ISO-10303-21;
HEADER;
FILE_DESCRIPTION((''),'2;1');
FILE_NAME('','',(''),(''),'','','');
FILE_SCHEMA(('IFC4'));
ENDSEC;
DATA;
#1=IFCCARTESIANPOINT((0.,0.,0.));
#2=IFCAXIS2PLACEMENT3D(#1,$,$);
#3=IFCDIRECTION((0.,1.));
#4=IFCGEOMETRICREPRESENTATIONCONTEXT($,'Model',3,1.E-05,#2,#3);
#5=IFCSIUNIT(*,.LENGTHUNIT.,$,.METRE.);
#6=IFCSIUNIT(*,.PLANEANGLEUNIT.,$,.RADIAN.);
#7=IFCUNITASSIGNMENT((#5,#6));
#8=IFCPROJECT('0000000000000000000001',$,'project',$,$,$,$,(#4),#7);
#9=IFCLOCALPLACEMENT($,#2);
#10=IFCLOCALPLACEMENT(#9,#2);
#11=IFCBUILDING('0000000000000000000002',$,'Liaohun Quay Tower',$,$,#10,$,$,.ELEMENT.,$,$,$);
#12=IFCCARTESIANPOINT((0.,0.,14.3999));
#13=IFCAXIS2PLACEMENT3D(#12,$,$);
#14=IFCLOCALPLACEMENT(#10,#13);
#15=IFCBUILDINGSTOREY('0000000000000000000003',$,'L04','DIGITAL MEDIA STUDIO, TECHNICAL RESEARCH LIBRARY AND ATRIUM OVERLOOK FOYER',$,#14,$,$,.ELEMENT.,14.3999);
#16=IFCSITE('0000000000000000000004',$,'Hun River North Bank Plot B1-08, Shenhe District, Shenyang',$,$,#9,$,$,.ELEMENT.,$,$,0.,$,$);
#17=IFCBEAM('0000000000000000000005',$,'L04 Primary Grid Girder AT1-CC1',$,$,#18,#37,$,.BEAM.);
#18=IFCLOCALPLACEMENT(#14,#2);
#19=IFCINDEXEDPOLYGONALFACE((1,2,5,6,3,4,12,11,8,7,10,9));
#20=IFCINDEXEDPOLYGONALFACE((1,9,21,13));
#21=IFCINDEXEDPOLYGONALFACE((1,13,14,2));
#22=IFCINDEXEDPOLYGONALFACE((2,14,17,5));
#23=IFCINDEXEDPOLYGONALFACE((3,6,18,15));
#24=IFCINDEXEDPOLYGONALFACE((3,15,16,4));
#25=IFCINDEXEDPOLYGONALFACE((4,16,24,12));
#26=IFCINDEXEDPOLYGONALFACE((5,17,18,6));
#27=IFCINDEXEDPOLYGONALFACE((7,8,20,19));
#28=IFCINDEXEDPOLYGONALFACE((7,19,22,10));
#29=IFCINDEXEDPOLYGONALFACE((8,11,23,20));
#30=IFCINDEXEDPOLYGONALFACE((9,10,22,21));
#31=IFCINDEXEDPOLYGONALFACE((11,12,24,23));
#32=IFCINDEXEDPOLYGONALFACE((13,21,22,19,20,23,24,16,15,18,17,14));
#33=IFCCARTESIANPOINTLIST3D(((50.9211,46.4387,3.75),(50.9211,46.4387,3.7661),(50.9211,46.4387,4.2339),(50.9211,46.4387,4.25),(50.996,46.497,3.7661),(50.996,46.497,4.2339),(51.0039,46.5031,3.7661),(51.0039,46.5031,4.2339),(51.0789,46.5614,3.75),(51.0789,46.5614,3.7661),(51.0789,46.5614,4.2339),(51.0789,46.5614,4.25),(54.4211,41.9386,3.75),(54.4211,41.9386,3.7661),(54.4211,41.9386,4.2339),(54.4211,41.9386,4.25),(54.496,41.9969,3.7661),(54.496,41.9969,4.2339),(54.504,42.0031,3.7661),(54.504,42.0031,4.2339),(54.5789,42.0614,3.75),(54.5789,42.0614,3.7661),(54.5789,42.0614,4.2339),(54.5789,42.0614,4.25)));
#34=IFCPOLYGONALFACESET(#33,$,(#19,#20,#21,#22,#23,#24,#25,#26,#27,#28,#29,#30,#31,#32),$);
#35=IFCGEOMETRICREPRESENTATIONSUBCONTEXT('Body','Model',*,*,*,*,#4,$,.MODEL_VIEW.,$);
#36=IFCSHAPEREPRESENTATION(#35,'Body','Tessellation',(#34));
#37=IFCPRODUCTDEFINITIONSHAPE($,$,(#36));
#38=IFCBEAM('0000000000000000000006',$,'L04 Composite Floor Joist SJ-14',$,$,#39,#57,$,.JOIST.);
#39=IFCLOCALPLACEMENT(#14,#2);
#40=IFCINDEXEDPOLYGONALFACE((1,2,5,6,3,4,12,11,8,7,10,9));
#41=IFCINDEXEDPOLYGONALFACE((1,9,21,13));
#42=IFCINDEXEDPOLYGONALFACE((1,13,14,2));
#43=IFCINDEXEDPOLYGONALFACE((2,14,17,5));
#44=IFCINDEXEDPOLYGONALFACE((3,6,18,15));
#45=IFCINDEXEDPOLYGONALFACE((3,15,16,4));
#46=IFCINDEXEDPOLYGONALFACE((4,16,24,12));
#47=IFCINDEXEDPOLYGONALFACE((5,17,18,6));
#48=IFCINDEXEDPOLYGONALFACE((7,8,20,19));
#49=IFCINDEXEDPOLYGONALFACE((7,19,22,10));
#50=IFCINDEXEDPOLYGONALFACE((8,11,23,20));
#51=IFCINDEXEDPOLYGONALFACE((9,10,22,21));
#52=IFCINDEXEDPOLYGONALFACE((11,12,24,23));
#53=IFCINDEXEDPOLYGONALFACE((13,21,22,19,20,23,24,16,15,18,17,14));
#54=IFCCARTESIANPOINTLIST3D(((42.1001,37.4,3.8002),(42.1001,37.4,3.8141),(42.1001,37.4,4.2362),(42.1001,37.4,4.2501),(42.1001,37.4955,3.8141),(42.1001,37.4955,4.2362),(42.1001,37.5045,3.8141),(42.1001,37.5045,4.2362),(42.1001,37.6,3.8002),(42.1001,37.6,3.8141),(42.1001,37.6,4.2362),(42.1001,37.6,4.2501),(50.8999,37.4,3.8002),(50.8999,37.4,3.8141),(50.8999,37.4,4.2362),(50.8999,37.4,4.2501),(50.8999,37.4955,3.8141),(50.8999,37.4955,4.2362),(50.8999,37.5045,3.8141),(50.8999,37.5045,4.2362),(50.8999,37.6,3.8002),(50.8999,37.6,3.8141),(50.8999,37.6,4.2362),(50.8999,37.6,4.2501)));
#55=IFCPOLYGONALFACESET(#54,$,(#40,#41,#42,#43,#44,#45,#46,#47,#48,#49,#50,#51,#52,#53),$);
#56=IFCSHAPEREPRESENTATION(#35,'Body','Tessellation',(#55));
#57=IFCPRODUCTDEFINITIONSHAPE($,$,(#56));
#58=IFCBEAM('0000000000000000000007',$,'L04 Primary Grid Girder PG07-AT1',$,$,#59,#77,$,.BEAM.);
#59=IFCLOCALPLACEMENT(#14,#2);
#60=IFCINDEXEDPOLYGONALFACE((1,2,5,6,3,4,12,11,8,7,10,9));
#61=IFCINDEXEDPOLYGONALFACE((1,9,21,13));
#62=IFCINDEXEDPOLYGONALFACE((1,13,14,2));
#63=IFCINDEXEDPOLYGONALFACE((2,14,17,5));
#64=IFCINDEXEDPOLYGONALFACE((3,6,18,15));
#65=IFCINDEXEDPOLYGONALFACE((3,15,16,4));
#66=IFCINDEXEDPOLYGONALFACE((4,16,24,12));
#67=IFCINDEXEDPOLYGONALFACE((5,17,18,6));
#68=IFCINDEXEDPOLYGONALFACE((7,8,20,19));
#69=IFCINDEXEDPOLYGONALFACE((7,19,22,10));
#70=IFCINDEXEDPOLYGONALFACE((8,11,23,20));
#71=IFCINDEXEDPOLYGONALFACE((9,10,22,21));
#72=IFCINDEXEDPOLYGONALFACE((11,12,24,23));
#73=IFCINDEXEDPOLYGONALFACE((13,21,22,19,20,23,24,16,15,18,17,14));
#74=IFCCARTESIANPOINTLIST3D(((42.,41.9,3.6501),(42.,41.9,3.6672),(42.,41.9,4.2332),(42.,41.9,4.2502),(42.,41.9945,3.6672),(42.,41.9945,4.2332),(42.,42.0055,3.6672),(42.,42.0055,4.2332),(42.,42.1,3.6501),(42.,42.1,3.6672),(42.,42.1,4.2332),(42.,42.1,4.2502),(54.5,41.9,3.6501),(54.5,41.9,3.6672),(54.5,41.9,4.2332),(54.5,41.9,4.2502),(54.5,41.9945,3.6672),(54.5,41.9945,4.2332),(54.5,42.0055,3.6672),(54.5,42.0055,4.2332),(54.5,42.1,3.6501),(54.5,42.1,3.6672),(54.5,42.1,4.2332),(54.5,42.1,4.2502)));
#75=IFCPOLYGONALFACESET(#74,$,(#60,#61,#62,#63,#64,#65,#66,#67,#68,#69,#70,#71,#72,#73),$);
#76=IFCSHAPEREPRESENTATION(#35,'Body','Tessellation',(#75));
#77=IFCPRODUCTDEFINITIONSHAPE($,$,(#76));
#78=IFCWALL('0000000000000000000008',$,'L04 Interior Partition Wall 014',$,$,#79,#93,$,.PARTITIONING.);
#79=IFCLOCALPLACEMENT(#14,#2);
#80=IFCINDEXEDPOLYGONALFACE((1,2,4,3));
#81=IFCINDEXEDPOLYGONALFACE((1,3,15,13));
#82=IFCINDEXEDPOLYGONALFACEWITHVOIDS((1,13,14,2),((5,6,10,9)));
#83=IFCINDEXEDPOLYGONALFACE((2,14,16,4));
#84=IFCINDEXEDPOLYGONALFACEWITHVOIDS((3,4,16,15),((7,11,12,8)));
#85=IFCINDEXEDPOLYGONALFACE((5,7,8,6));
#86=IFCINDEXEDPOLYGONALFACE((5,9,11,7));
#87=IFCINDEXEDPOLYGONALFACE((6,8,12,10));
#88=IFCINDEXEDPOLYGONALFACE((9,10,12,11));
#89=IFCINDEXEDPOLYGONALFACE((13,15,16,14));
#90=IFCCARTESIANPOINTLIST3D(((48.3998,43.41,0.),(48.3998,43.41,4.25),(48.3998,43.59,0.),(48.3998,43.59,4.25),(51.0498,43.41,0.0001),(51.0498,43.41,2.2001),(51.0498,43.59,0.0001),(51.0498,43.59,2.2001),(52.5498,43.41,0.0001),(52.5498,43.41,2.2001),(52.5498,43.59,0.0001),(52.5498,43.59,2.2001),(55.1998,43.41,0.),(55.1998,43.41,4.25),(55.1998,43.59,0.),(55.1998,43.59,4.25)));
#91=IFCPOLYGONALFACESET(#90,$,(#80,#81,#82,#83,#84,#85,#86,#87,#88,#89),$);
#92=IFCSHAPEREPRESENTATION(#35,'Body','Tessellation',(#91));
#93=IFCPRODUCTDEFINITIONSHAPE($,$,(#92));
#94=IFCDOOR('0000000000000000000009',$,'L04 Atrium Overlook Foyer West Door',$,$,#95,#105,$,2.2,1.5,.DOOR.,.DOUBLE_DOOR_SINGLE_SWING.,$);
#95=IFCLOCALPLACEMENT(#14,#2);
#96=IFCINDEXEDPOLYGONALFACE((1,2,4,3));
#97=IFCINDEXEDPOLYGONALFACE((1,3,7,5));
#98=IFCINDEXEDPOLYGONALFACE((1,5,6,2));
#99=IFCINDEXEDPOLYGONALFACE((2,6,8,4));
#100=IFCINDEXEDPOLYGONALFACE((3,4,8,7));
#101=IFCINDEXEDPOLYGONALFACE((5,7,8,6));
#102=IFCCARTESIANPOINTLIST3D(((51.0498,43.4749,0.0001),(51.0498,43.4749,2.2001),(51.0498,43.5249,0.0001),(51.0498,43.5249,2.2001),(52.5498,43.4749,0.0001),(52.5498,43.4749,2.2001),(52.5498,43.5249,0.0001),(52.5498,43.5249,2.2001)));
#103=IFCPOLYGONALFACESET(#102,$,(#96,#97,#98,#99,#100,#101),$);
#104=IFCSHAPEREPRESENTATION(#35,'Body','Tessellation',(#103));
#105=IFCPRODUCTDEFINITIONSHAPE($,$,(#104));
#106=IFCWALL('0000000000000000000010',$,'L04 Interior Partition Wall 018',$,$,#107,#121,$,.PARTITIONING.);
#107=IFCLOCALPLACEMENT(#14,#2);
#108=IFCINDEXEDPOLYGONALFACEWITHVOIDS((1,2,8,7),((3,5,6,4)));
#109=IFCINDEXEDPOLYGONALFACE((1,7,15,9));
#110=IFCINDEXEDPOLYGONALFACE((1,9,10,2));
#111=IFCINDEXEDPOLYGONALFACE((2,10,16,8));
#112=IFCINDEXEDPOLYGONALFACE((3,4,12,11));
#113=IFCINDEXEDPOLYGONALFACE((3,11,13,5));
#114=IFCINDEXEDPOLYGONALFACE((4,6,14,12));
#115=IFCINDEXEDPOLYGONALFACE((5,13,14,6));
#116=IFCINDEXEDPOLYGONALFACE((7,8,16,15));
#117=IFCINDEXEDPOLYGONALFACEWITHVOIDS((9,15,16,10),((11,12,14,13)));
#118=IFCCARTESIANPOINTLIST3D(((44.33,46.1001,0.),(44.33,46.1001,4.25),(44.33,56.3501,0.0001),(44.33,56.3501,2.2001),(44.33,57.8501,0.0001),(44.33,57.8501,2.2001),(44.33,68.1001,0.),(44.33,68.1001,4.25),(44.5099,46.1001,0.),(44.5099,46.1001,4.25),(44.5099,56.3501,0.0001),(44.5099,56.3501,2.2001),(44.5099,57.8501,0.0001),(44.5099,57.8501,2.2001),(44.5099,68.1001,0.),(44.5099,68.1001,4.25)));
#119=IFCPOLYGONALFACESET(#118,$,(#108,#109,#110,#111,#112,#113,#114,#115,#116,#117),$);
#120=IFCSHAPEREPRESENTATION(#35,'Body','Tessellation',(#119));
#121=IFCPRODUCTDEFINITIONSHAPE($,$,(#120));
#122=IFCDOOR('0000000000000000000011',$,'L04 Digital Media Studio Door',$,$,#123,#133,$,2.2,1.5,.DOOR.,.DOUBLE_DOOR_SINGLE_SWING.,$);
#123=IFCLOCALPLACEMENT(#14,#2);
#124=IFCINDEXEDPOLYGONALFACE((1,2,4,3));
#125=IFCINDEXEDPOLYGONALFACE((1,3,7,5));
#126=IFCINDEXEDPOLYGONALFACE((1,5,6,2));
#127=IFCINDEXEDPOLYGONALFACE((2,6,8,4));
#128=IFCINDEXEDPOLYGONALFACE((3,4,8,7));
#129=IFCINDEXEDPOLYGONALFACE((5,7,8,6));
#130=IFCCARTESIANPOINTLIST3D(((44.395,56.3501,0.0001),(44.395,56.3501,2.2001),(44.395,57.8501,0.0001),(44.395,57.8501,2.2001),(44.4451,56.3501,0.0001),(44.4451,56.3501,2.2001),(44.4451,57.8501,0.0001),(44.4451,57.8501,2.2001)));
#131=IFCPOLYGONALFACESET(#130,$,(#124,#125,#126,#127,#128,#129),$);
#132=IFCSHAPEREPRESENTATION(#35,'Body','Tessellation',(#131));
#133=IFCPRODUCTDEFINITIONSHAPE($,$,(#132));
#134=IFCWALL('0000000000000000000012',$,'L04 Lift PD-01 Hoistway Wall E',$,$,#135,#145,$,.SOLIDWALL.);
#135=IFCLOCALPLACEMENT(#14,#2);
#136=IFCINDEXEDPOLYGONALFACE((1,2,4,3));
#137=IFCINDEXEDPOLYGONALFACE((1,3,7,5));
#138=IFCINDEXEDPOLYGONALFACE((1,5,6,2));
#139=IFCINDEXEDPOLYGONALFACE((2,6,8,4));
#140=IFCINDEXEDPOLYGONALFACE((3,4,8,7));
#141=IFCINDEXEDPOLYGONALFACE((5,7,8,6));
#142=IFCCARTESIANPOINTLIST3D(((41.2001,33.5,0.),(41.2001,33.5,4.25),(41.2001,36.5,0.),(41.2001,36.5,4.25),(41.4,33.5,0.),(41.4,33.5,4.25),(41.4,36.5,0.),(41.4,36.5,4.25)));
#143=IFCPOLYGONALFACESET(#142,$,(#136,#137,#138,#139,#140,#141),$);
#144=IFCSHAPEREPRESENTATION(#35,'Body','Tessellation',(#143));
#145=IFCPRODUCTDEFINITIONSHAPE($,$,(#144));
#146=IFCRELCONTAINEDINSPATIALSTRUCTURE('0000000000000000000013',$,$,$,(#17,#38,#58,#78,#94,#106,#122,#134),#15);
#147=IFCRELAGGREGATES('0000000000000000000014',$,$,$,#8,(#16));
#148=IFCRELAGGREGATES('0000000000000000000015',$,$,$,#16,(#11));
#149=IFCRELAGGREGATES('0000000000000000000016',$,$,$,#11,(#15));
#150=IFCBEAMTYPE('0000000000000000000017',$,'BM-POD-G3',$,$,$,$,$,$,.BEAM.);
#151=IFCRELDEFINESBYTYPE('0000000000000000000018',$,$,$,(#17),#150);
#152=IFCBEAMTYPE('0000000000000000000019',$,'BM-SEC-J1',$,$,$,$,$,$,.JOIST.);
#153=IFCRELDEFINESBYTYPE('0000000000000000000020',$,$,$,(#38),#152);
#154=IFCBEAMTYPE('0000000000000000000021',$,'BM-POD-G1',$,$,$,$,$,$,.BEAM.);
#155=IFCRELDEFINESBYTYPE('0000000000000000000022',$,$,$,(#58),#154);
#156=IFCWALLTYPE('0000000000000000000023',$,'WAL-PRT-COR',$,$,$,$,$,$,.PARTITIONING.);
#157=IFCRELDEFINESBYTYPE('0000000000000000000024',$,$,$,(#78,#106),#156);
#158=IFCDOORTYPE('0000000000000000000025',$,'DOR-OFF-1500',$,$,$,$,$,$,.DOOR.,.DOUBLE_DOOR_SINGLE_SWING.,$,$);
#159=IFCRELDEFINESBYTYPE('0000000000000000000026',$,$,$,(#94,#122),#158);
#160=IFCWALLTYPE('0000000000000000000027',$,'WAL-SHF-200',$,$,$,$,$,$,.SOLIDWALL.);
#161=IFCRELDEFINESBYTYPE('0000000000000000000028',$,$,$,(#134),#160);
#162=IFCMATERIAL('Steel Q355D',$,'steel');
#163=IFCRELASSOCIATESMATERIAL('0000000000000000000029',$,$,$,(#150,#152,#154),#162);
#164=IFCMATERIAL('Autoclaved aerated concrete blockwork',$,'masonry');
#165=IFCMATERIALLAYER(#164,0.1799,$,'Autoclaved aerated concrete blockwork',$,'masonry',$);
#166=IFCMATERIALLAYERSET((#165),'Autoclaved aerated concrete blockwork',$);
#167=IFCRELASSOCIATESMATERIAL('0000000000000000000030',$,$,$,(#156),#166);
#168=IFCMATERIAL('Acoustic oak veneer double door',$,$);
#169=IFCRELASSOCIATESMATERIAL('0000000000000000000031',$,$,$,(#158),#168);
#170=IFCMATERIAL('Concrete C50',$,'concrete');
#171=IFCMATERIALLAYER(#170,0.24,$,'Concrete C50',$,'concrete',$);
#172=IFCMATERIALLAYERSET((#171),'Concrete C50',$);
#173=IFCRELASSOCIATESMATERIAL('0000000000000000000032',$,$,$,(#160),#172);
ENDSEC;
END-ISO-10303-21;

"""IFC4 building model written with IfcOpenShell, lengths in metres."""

from ifc_helpers import new_model, si_unit, direction, frame, frame_2d, origin, origin_2d, place, context, subcontext, project, spatial, rectangle, i_section, extrude, source, transform, mapped, material, layer, layer_set, material_profile, profile_set, type_object, element, fill, save


model = new_model("IFC4")

# Units and contexts
model_context = context("Model", 3, precision=1e-05, world=origin(), true_north=direction((0.0, 1.0)))
body_context = subcontext(model_context, "Body", "Model", "MODEL_VIEW")
ifc_project = project(units=[si_unit("LENGTHUNIT", "METRE"), si_unit("PLANEANGLEUNIT", "RADIAN")], contexts=[model_context])

# Site, building, storey
site_placement = place(None, origin())
site = spatial("IfcSite", under=ifc_project, at=site_placement, Name="Hun River North Bank Plot B1-08, Shenhe District, Shenyang", CompositionType="ELEMENT", RefElevation=0.0)
building_placement = place(site_placement, origin())
building = spatial("IfcBuilding", under=site, at=building_placement, Name="Liaohun Quay Tower", CompositionType="ELEMENT")
storey_placement = place(building_placement, frame((0.0, 0.0, 14.3999)))
storey = spatial("IfcBuildingStorey", under=building, at=storey_placement, Name="L04", Description="DIGITAL MEDIA STUDIO, TECHNICAL RESEARCH LIBRARY AND ATRIUM OVERLOOK FOYER", CompositionType="ELEMENT", Elevation=14.3999)

# Shared definitions
ifc_material_1 = material(Name="Steel Q355D", Category="steel")

# Beams
ifc_material_profile_1 = material_profile(ifc_material_1, i_section(OverallWidth=0.2, OverallDepth=0.5, WebThickness=0.01, FlangeThickness=0.0161, at=origin_2d()), Name="HN500x200x10x16")
ifc_profile_set_1 = profile_set([ifc_material_profile_1], Name="Steel Q355D")
beam_type_1 = type_object("IfcBeamType", Name="BM-POD-G3", PredefinedType="BEAM", material=ifc_profile_set_1)
shared_shape_1 = source(origin(), body_context, "Body", "SweptSolid", [
    extrude(i_section(OverallWidth=0.2, OverallDepth=0.5, WebThickness=0.01, FlangeThickness=0.0161, at=origin_2d()), origin(), (0.0, 0.0, 1.0), 5.7009),
])
beam_1_placement = place(storey_placement, frame((54.5, 42.0, 4.0), z_axis=(-0.613941, 0.789352, 0.0), x_axis=(-0.789352, -0.613941, 0.0)))
element("IfcBeam", 1, at=beam_1_placement, inside=storey, type_object=beam_type_1, Name="L04 Primary Grid Girder AT1-CC1", PredefinedType="BEAM", context=body_context, shape_type="MappedRepresentation", body=[
    mapped(shared_shape_1, transform((0.0, 0.0, 0.0), x_axis=(1.0, 0.0, 0.0), y_axis=(0.0, 1.0, 0.0), z_axis=(0.0, 0.0, 1.0), scale=1.0)),
])
ifc_material_profile_2 = material_profile(ifc_material_1, i_section(OverallWidth=0.2, OverallDepth=0.45, WebThickness=0.009, FlangeThickness=0.0139, at=origin_2d()), Name="HN450x200x9x14")
ifc_profile_set_2 = profile_set([ifc_material_profile_2], Name="Steel Q355D")
beam_type_2 = type_object("IfcBeamType", Name="BM-SEC-J1", PredefinedType="JOIST", material=ifc_profile_set_2)
shared_shape_2 = source(origin(), body_context, "Body", "SweptSolid", [
    extrude(i_section(OverallWidth=0.2, OverallDepth=0.45, WebThickness=0.009, FlangeThickness=0.0139, at=origin_2d()), origin(), (0.0, 0.0, 1.0), 8.7998),
])
beam_2_placement = place(storey_placement, frame((42.1001, 37.5, 4.0251), z_axis=(1.0, 0.0, 0.0), x_axis=(0.0, 1.0, 0.0)))
element("IfcBeam", 2, at=beam_2_placement, inside=storey, type_object=beam_type_2, Name="L04 Composite Floor Joist SJ-14", PredefinedType="JOIST", context=body_context, shape_type="MappedRepresentation", body=[
    mapped(shared_shape_2, transform((0.0, 0.0, 0.0), x_axis=(1.0, 0.0, 0.0), y_axis=(0.0, 1.0, 0.0), z_axis=(0.0, 0.0, 1.0), scale=1.0)),
])
ifc_material_profile_3 = material_profile(ifc_material_1, i_section(OverallWidth=0.2, OverallDepth=0.6001, WebThickness=0.011, FlangeThickness=0.0171, at=origin_2d()), Name="HN600x200x11x17")
ifc_profile_set_3 = profile_set([ifc_material_profile_3], Name="Steel Q355D")
beam_type_3 = type_object("IfcBeamType", Name="BM-POD-G1", PredefinedType="BEAM", material=ifc_profile_set_3)
shared_shape_3 = source(origin(), body_context, "Body", "SweptSolid", [
    extrude(i_section(OverallWidth=0.2, OverallDepth=0.6001, WebThickness=0.011, FlangeThickness=0.0171, at=origin_2d()), origin(), (0.0, 0.0, 1.0), 12.5),
])
beam_3_placement = place(storey_placement, frame((42.0, 42.0, 3.9502), z_axis=(1.0, 0.0, 0.0), x_axis=(0.0, 1.0, 0.0)))
element("IfcBeam", 3, at=beam_3_placement, inside=storey, type_object=beam_type_3, Name="L04 Primary Grid Girder PG07-AT1", PredefinedType="BEAM", context=body_context, shape_type="MappedRepresentation", body=[
    mapped(shared_shape_3, transform((0.0, 0.0, 0.0), x_axis=(1.0, 0.0, 0.0), y_axis=(0.0, 1.0, 0.0), z_axis=(0.0, 0.0, 1.0), scale=1.0)),
])

# Walls, openings, doors
ifc_material_2 = material(Name="Autoclaved aerated concrete blockwork", Category="masonry")
ifc_layer_1 = layer(ifc_material_2, 0.1799, Name="Autoclaved aerated concrete blockwork", Category="masonry")
ifc_layer_set_1 = layer_set([ifc_layer_1], Name="Autoclaved aerated concrete blockwork")
wall_type_1 = type_object("IfcWallType", Name="WAL-PRT-COR", PredefinedType="PARTITIONING", material=ifc_layer_set_1)
wall_1_placement = place(storey_placement, frame((48.3999, 43.5, 0.0), z_axis=(0.0, 0.0, 1.0), x_axis=(1.0, 0.0, 0.0)))
wall_1 = element("IfcWall", 4, at=wall_1_placement, inside=storey, type_object=wall_type_1, Name="L04 Interior Partition Wall 014", PredefinedType="PARTITIONING", context=body_context, shape_type="SweptSolid", body=[
    extrude(rectangle(XDim=6.8, YDim=0.1799, at=frame_2d((3.3999, 0.0))), origin(), (0.0, 0.0, 1.0), 4.25),
])
shared_shape_4 = source(origin(), body_context, "Body", "SweptSolid", [
    extrude(rectangle(XDim=1.5, YDim=2.2, at=frame_2d((0.75, 1.1001))), frame((0.0, 0.0999, 0.0), z_axis=(0.0, -1.0, 0.0), x_axis=(1.0, 0.0, 0.0)), (0.0, 0.0, 1.0), 0.2),
])
opening_1_placement = place(wall_1_placement, frame((2.6499, 0.0, 0.0)))
opening_1 = element("IfcOpeningElement", 5, at=opening_1_placement, cuts=wall_1, PredefinedType="OPENING", context=body_context, shape_type="MappedRepresentation", body=[
    mapped(shared_shape_4, transform((0.0, 0.0, 0.0), x_axis=(1.0, 0.0, 0.0), y_axis=(0.0, 1.0, 0.0), z_axis=(0.0, 0.0, 1.0), scale=1.0)),
])
ifc_material_3 = material(Name="Acoustic oak veneer double door")
door_type_1 = type_object("IfcDoorType", Name="DOR-OFF-1500", OperationType="DOUBLE_DOOR_SINGLE_SWING", PredefinedType="DOOR", material=ifc_material_3)
shared_shape_5 = source(origin(), body_context, "Body", "SweptSolid", [
    extrude(rectangle(XDim=1.5, YDim=2.2, at=frame_2d((0.75, 1.1001))), frame((0.0, 0.0249, 0.0), z_axis=(0.0, -1.0, 0.0), x_axis=(1.0, 0.0, 0.0)), (0.0, 0.0, 1.0), 0.05),
])
door_1_placement = place(opening_1_placement, origin())
door_1 = element("IfcDoor", 6, at=door_1_placement, inside=storey, type_object=door_type_1, Name="L04 Atrium Overlook Foyer West Door", OperationType="DOUBLE_DOOR_SINGLE_SWING", OverallHeight=2.2, OverallWidth=1.5, PredefinedType="DOOR", context=body_context, shape_type="MappedRepresentation", body=[
    mapped(shared_shape_5, transform((0.0, 0.0, 0.0), x_axis=(1.0, 0.0, 0.0), y_axis=(0.0, 1.0, 0.0), z_axis=(0.0, 0.0, 1.0), scale=1.0)),
])
fill(opening_1, door_1)
wall_2_placement = place(storey_placement, frame((44.4199, 46.1001, 0.0), z_axis=(0.0, 0.0, 1.0), x_axis=(0.0, 1.0, 0.0)))
wall_2 = element("IfcWall", 7, at=wall_2_placement, inside=storey, type_object=wall_type_1, Name="L04 Interior Partition Wall 018", PredefinedType="PARTITIONING", context=body_context, shape_type="SweptSolid", body=[
    extrude(rectangle(XDim=22.0, YDim=0.1799, at=frame_2d((11.0, 0.0))), origin(), (0.0, 0.0, 1.0), 4.25),
])
opening_2_placement = place(wall_2_placement, frame((10.25, 0.0, 0.0)))
opening_2 = element("IfcOpeningElement", 8, at=opening_2_placement, cuts=wall_2, PredefinedType="OPENING", context=body_context, shape_type="MappedRepresentation", body=[
    mapped(shared_shape_4, transform((0.0, 0.0, 0.0), x_axis=(1.0, 0.0, 0.0), y_axis=(0.0, 1.0, 0.0), z_axis=(0.0, 0.0, 1.0), scale=1.0)),
])
door_2_placement = place(opening_2_placement, origin())
door_2 = element("IfcDoor", 9, at=door_2_placement, inside=storey, type_object=door_type_1, Name="L04 Digital Media Studio Door", OperationType="DOUBLE_DOOR_SINGLE_SWING", OverallHeight=2.2, OverallWidth=1.5, PredefinedType="DOOR", context=body_context, shape_type="MappedRepresentation", body=[
    mapped(shared_shape_5, transform((0.0, 0.0, 0.0), x_axis=(1.0, 0.0, 0.0), y_axis=(0.0, 1.0, 0.0), z_axis=(0.0, 0.0, 1.0), scale=1.0)),
])
fill(opening_2, door_2)

# Wall
ifc_material_4 = material(Name="Concrete C50", Category="concrete")
ifc_layer_2 = layer(ifc_material_4, 0.24, Name="Concrete C50", Category="concrete")
ifc_layer_set_2 = layer_set([ifc_layer_2], Name="Concrete C50")
wall_type_2 = type_object("IfcWallType", Name="WAL-SHF-200", PredefinedType="SOLIDWALL", material=ifc_layer_set_2)
wall_3_placement = place(storey_placement, frame((41.3, 33.5, 0.0), z_axis=(0.0, 0.0, 1.0), x_axis=(0.0, 1.0, 0.0)))
element("IfcWall", 10, at=wall_3_placement, inside=storey, type_object=wall_type_2, Name="L04 Lift PD-01 Hoistway Wall E", PredefinedType="SOLIDWALL", context=body_context, shape_type="SweptSolid", body=[
    extrude(rectangle(XDim=3.0, YDim=0.2, at=frame_2d((1.5, 0.0))), origin(), (0.0, 0.0, 1.0), 4.25),
])

save(model, "model.ifc")
